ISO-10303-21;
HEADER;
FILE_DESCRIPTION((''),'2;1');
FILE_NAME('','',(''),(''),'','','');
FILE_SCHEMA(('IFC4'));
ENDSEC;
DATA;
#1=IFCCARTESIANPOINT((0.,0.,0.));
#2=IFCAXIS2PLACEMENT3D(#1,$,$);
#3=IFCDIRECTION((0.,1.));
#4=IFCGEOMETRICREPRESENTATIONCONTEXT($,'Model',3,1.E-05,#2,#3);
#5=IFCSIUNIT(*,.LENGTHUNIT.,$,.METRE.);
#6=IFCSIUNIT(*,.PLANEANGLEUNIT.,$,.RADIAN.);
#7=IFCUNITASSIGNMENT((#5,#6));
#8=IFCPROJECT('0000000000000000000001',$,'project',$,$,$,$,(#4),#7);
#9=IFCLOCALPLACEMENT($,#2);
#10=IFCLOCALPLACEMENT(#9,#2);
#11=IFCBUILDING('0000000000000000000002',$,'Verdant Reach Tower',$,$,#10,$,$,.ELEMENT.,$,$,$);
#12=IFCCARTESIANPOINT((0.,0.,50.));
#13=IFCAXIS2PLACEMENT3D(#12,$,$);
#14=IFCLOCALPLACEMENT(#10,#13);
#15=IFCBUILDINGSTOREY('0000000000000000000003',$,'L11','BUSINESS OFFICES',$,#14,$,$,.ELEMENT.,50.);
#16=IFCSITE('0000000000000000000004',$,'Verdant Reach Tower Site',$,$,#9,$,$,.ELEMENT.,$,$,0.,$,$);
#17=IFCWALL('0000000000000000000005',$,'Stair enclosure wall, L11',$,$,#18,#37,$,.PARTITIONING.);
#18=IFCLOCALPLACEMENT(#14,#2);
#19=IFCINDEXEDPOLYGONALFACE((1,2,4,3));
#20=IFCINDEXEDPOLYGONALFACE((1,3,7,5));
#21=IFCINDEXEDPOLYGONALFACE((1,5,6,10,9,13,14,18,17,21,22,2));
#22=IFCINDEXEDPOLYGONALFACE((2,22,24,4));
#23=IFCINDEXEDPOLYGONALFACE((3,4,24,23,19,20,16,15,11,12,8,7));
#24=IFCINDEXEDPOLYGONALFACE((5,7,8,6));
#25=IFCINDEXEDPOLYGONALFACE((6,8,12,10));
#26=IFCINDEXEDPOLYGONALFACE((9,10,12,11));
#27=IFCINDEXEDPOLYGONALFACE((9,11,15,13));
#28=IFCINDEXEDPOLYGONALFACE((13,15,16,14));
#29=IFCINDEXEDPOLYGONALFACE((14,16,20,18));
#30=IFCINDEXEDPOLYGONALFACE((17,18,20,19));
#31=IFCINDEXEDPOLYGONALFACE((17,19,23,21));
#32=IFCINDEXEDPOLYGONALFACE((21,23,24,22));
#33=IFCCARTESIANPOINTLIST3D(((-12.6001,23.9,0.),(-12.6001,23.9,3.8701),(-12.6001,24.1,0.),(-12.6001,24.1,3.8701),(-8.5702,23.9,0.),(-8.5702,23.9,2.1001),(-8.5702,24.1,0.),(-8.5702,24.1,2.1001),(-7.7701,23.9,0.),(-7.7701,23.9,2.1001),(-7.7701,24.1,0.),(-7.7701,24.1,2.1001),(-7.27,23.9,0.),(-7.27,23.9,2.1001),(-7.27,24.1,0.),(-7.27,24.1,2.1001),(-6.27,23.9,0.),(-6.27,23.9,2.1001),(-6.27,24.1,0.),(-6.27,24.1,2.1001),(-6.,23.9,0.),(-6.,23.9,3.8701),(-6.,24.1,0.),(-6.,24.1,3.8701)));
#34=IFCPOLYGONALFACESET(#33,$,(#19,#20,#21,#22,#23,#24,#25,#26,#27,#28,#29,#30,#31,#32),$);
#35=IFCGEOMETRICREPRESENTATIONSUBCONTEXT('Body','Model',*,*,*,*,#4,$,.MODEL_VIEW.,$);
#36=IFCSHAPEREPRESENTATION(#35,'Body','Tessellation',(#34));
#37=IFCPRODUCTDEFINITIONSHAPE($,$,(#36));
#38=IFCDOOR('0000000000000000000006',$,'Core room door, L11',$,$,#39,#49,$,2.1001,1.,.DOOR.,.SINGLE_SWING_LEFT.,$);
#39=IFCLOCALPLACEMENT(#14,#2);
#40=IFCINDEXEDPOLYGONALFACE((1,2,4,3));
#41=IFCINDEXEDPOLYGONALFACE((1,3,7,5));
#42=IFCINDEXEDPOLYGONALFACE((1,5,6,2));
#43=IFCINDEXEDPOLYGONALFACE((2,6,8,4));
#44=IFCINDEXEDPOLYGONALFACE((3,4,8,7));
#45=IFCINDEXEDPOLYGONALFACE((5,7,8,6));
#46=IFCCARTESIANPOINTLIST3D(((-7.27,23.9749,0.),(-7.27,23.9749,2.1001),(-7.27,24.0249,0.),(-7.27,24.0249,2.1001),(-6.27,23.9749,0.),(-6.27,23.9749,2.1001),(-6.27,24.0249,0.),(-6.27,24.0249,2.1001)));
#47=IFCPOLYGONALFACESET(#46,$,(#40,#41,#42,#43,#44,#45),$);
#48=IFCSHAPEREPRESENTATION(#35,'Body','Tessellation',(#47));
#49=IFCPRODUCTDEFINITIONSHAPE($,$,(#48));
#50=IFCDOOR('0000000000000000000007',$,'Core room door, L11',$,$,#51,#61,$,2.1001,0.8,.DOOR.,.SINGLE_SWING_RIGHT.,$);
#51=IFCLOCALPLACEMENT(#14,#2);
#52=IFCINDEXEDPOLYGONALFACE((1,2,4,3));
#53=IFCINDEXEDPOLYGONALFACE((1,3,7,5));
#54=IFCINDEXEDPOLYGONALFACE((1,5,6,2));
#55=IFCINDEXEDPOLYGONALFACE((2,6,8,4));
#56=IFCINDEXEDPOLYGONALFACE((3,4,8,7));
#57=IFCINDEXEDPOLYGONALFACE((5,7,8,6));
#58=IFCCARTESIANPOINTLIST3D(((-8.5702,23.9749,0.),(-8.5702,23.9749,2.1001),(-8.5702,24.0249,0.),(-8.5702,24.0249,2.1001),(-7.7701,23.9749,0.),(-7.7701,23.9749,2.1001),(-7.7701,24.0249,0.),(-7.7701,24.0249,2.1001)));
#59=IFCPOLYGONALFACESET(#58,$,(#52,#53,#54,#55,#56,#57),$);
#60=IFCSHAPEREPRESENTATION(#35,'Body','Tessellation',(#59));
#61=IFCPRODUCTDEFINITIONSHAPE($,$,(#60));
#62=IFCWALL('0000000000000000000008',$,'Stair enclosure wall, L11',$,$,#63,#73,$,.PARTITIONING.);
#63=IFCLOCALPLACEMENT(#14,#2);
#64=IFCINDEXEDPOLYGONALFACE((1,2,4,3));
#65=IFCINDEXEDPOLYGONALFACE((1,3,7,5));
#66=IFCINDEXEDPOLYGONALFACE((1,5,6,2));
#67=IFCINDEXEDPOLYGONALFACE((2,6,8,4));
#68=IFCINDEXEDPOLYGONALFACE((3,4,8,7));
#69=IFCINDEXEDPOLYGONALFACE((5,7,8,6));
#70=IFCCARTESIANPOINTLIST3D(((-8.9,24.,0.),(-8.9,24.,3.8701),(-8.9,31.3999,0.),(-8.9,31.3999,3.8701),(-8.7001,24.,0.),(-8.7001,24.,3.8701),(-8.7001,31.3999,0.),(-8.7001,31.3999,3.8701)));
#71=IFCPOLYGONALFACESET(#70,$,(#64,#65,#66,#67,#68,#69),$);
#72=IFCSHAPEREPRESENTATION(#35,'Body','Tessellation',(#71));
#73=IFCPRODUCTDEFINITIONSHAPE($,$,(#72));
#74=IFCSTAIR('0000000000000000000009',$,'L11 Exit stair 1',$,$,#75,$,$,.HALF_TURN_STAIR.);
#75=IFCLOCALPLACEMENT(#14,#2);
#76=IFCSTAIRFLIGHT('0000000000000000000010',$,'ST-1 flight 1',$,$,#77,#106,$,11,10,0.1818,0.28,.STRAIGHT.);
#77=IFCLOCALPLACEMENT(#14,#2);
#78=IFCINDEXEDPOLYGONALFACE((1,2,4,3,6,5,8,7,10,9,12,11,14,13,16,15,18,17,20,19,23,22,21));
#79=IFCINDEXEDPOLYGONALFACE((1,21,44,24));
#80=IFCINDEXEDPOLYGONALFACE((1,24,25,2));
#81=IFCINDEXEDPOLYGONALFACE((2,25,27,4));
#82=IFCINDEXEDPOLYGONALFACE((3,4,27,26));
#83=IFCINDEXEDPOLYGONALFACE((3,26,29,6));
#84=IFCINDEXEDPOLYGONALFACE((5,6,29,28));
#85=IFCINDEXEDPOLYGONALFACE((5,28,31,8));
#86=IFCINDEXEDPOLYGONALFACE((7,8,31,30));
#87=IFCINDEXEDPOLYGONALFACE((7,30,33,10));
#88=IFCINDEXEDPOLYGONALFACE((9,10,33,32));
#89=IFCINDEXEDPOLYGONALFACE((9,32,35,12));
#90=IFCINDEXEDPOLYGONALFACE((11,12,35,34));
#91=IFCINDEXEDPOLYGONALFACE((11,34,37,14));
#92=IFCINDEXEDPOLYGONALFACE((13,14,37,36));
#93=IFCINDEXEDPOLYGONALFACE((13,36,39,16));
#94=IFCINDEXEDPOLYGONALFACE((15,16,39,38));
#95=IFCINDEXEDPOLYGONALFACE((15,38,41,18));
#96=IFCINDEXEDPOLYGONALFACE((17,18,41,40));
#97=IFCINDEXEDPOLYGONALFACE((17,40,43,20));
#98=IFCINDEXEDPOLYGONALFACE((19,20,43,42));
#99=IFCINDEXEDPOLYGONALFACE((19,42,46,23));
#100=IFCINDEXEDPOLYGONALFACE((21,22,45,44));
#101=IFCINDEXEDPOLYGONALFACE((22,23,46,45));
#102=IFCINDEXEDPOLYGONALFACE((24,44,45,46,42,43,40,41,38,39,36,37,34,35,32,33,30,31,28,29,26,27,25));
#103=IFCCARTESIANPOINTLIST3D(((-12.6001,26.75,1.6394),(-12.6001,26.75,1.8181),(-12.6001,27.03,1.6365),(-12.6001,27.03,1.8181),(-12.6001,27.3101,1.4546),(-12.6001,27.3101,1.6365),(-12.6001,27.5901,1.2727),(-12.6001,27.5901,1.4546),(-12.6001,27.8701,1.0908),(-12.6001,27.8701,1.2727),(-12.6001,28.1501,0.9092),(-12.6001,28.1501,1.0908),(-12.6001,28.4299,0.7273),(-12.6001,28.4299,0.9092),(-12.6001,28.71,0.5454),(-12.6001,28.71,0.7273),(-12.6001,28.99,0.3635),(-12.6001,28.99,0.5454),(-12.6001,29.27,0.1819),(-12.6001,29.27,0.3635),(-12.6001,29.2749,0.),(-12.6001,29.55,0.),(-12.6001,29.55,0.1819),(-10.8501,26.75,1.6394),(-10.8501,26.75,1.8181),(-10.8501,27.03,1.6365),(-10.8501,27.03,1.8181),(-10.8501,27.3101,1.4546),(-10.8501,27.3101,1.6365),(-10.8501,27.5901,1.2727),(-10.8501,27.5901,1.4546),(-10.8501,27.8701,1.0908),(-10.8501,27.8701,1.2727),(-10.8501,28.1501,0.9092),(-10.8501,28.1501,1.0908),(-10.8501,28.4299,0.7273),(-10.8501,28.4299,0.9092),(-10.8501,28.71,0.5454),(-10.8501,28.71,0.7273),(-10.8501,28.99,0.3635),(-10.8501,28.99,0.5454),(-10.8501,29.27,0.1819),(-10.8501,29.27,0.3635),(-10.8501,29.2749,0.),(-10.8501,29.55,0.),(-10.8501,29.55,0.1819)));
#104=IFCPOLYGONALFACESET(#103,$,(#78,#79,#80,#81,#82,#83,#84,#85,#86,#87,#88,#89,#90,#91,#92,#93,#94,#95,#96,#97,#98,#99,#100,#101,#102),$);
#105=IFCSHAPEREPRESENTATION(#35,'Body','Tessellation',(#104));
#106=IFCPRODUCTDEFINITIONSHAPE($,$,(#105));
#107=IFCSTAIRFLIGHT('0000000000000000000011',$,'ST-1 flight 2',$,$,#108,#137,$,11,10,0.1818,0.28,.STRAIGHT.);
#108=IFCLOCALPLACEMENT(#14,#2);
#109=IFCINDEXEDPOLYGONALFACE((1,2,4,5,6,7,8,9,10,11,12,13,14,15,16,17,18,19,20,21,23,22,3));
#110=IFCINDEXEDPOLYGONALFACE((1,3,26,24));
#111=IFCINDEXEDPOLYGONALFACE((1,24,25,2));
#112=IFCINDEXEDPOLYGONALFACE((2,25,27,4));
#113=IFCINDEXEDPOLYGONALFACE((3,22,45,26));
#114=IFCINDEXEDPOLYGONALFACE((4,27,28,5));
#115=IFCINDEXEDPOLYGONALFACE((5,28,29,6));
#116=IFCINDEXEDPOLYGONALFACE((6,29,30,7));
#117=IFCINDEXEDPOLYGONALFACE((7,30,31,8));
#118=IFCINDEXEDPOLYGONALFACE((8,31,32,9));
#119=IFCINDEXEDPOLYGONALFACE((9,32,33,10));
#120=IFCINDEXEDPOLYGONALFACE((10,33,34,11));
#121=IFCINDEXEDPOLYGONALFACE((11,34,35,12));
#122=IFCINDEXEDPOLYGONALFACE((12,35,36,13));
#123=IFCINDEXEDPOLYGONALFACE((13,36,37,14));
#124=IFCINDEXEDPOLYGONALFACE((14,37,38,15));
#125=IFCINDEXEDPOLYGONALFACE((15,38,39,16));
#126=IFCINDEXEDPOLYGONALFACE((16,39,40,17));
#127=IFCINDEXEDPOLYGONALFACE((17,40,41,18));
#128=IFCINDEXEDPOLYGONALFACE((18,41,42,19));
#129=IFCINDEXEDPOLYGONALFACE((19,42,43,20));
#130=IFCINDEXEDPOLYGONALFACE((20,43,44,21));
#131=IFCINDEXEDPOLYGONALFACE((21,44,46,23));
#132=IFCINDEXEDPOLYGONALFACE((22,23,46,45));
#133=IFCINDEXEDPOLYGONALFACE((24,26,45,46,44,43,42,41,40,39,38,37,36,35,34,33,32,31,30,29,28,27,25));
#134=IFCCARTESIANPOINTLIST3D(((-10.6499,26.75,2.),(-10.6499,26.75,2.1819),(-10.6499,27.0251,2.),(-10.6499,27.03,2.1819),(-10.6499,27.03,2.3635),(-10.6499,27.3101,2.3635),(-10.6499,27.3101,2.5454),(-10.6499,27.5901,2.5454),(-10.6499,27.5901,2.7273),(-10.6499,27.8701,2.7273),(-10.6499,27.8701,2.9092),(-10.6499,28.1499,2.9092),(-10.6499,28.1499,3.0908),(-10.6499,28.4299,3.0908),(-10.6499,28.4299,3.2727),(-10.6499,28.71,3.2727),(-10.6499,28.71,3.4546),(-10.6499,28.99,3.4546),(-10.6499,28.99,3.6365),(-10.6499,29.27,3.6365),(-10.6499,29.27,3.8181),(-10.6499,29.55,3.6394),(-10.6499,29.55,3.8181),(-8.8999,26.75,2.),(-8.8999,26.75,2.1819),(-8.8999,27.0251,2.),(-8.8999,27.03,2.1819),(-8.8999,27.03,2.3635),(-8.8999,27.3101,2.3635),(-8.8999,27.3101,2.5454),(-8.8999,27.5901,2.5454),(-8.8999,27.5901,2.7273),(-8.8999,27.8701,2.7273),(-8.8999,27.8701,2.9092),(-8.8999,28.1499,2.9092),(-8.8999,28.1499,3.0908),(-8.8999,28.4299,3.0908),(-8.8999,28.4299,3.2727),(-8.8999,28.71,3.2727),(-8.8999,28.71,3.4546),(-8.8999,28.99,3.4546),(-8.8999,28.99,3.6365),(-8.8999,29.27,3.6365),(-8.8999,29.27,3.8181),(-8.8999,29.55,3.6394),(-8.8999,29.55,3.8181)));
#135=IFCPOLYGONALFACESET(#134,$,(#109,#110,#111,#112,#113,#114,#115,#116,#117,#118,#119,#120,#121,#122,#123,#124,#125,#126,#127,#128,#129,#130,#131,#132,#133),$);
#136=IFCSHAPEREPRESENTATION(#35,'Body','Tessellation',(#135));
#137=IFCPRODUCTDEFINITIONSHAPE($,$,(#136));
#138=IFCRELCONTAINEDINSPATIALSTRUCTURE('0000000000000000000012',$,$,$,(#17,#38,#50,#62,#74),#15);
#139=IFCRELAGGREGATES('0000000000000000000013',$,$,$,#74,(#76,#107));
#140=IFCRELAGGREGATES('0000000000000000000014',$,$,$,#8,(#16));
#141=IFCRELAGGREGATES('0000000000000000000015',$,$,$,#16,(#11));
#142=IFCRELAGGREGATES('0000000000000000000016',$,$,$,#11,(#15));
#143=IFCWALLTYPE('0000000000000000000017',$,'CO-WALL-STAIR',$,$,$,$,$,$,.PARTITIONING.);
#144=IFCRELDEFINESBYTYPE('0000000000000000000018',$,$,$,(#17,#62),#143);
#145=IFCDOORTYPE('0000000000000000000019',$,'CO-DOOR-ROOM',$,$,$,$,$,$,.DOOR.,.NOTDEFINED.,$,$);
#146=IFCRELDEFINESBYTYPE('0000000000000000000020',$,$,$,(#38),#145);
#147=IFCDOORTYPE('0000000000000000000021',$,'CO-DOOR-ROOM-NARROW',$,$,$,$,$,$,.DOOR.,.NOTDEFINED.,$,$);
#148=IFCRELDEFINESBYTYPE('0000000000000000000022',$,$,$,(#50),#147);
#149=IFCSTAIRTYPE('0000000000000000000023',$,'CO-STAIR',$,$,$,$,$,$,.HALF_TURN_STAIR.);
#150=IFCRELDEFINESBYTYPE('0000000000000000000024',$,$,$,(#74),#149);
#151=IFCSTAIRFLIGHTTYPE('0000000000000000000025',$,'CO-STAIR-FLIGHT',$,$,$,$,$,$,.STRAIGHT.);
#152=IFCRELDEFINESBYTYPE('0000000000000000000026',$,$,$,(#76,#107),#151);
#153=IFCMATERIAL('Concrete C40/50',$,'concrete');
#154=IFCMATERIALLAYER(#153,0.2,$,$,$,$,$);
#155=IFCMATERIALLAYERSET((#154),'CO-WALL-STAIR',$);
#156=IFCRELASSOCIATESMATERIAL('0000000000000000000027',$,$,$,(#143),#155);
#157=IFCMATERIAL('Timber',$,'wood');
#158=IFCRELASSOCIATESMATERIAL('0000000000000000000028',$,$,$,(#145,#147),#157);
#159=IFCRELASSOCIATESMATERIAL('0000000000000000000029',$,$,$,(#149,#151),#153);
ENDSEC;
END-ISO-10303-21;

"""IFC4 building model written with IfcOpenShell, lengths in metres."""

from ifc_helpers import new_model, si_unit, direction, frame, frame_2d, origin, place, context, subcontext, project, spatial, polyline, rectangle, outline, extrude, material, layer, layer_set, type_object, element, fill, aggregate, save


model = new_model("IFC4")

# Units and contexts
model_context = context("Model", 3, precision=1e-05, world=origin(), true_north=direction((0.0, 1.0)))
body_context = subcontext(model_context, "Body", "Model", "MODEL_VIEW")
ifc_project = project(units=[si_unit("LENGTHUNIT", "METRE"), si_unit("PLANEANGLEUNIT", "RADIAN")], contexts=[model_context])

# Site, building, storey
site_placement = place(None, origin())
site = spatial("IfcSite", under=ifc_project, at=site_placement, Name="Verdant Reach Tower Site", CompositionType="ELEMENT", RefElevation=0.0)
building_placement = place(site_placement, origin())
building = spatial("IfcBuilding", under=site, at=building_placement, Name="Verdant Reach Tower", CompositionType="ELEMENT")
storey_placement = place(building_placement, frame((0.0, 0.0, 50.0)))
storey = spatial("IfcBuildingStorey", under=building, at=storey_placement, Name="L11", Description="BUSINESS OFFICES", CompositionType="ELEMENT", Elevation=50.0)

# Shared definitions
ifc_material_1 = material(Name="Concrete C40/50", Category="concrete")

# Wall, openings, doors
ifc_layer_1 = layer(ifc_material_1, 0.2)
ifc_layer_set_1 = layer_set([ifc_layer_1], Name="CO-WALL-STAIR")
wall_type_1 = type_object("IfcWallType", Name="CO-WALL-STAIR", PredefinedType="PARTITIONING", material=ifc_layer_set_1)
wall_1_placement = place(storey_placement, frame((-12.6001, 24.0, 0.0), z_axis=(0.0, 0.0, 1.0), x_axis=(1.0, 0.0, 0.0)))
wall_1 = element("IfcWall", 1, at=wall_1_placement, inside=storey, type_object=wall_type_1, Name="Stair enclosure wall, L11", PredefinedType="PARTITIONING", context=body_context, shape_type="SweptSolid", body=[
    extrude(rectangle(XDim=6.6001, YDim=0.2, at=frame_2d((3.3, 0.0))), origin(), (0.0, 0.0, 1.0), 3.8701),
])
opening_1_placement = place(wall_1_placement, frame((4.03, 0.0, 0.0)))
opening_1 = element("IfcOpeningElement", 2, at=opening_1_placement, cuts=wall_1, PredefinedType="OPENING", context=body_context, shape_type="SweptSolid", body=[
    extrude(rectangle(XDim=0.8, YDim=2.1001, at=frame_2d((0.3999, 1.05))), frame((0.0, 0.1099, 0.0), z_axis=(0.0, -1.0, 0.0), x_axis=(1.0, 0.0, 0.0)), (0.0, 0.0, 1.0), 0.22),
])
opening_2_placement = place(wall_1_placement, frame((5.3301, 0.0, 0.0)))
opening_2 = element("IfcOpeningElement", 3, at=opening_2_placement, cuts=wall_1, PredefinedType="OPENING", context=body_context, shape_type="SweptSolid", body=[
    extrude(rectangle(XDim=1.0, YDim=2.1001, at=frame_2d((0.5, 1.05))), frame((0.0, 0.1099, 0.0), z_axis=(0.0, -1.0, 0.0), x_axis=(1.0, 0.0, 0.0)), (0.0, 0.0, 1.0), 0.22),
])
ifc_material_2 = material(Name="Timber", Category="wood")
door_type_1 = type_object("IfcDoorType", Name="CO-DOOR-ROOM", OperationType="NOTDEFINED", PredefinedType="DOOR", material=ifc_material_2)
door_1_placement = place(opening_2_placement, origin())
door_1 = element("IfcDoor", 4, at=door_1_placement, inside=storey, type_object=door_type_1, Name="Core room door, L11", OperationType="SINGLE_SWING_LEFT", OverallHeight=2.1001, OverallWidth=1.0, PredefinedType="DOOR", context=body_context, shape_type="SweptSolid", body=[
    extrude(rectangle(XDim=1.0, YDim=2.1001, at=frame_2d((0.5, 1.05))), frame((0.0, 0.0249, 0.0), z_axis=(0.0, -1.0, 0.0), x_axis=(1.0, 0.0, 0.0)), (0.0, 0.0, 1.0), 0.05),
])
fill(opening_2, door_1)
door_type_2 = type_object("IfcDoorType", Name="CO-DOOR-ROOM-NARROW", OperationType="NOTDEFINED", PredefinedType="DOOR", material=ifc_material_2)
door_2_placement = place(opening_1_placement, origin())
door_2 = element("IfcDoor", 5, at=door_2_placement, inside=storey, type_object=door_type_2, Name="Core room door, L11", OperationType="SINGLE_SWING_RIGHT", OverallHeight=2.1001, OverallWidth=0.8, PredefinedType="DOOR", context=body_context, shape_type="SweptSolid", body=[
    extrude(rectangle(XDim=0.8, YDim=2.1001, at=frame_2d((0.3999, 1.05))), frame((0.0, 0.0249, 0.0), z_axis=(0.0, -1.0, 0.0), x_axis=(1.0, 0.0, 0.0)), (0.0, 0.0, 1.0), 0.05),
])
fill(opening_1, door_2)

# Wall
wall_2_placement = place(storey_placement, frame((-8.8, 24.0, 0.0), z_axis=(0.0, 0.0, 1.0), x_axis=(0.0, 1.0, 0.0)))
element("IfcWall", 6, at=wall_2_placement, inside=storey, type_object=wall_type_1, Name="Stair enclosure wall, L11", PredefinedType="PARTITIONING", context=body_context, shape_type="SweptSolid", body=[
    extrude(rectangle(XDim=7.3999, YDim=0.2, at=frame_2d((3.7, 0.0))), origin(), (0.0, 0.0, 1.0), 3.8701),
])

# Stair, stair flights
stair_type = type_object("IfcStairType", Name="CO-STAIR", PredefinedType="HALF_TURN_STAIR", material=ifc_material_1)
stair_placement = place(storey_placement, origin())
stair = element("IfcStair", 7, at=stair_placement, inside=storey, type_object=stair_type, Name="L11 Exit stair 1", PredefinedType="HALF_TURN_STAIR")
stair_flight_type = type_object("IfcStairFlightType", Name="CO-STAIR-FLIGHT", PredefinedType="STRAIGHT", material=ifc_material_1)
stair_flight_1_placement = place(storey_placement, frame((-11.7251, 29.55, 0.0), z_axis=(0.0, 0.0, 1.0), x_axis=(0.0, -1.0, 0.0)))
stair_flight_1 = element("IfcStairFlight", 8, at=stair_flight_1_placement, type_object=stair_flight_type, Name="ST-1 flight 1", NumberOfRisers=11, NumberOfTreads=10, PredefinedType="STRAIGHT", RiserHeight=0.1818, TreadLength=0.28, context=body_context, shape_type="SweptSolid", body=[
    extrude(outline(polyline([(0.0, 0.0), (0.0, 0.1819), (0.28, 0.1819), (0.28, 0.3635), (0.5601, 0.3635), (0.5601, 0.5454), (0.8401, 0.5454), (0.8401, 0.7273), (1.1201, 0.7273), (1.1201, 0.9092), (1.3999, 0.9092), (1.3999, 1.0908), (1.6799, 1.0908), (1.6799, 1.2727), (1.96, 1.2727), (1.96, 1.4546), (2.24, 1.4546), (2.24, 1.6365), (2.52, 1.6365), (2.52, 1.8181), (2.8, 1.8181), (2.8, 2.0), (2.8, 1.6394), (0.2751, 0.0), (0.0, 0.0)])), frame((0.0, 0.875, 0.0), z_axis=(0.0, -1.0, 0.0), x_axis=(1.0, 0.0, 0.0)), (0.0, 0.0, 1.0), 1.75),
])
stair_flight_2_placement = place(storey_placement, frame((-9.7749, 26.75, 2.0), z_axis=(0.0, 0.0, 1.0), x_axis=(0.0, 1.0, 0.0)))
stair_flight_2 = element("IfcStairFlight", 9, at=stair_flight_2_placement, type_object=stair_flight_type, Name="ST-1 flight 2", NumberOfRisers=11, NumberOfTreads=10, PredefinedType="STRAIGHT", RiserHeight=0.1818, TreadLength=0.28, context=body_context, shape_type="SweptSolid", body=[
    extrude(outline(polyline([(0.0, 0.0), (0.0, 0.1819), (0.28, 0.1819), (0.28, 0.3635), (0.5601, 0.3635), (0.5601, 0.5454), (0.8401, 0.5454), (0.8401, 0.7273), (1.1201, 0.7273), (1.1201, 0.9092), (1.3999, 0.9092), (1.3999, 1.0908), (1.6799, 1.0908), (1.6799, 1.2727), (1.96, 1.2727), (1.96, 1.4546), (2.24, 1.4546), (2.24, 1.6365), (2.52, 1.6365), (2.52, 1.8181), (2.8, 1.8181), (2.8, 2.0), (2.8, 1.6394), (0.2751, 0.0), (0.0, 0.0)])), frame((0.0, 0.875, 0.0), z_axis=(0.0, -1.0, 0.0), x_axis=(1.0, 0.0, 0.0)), (0.0, 0.0, 1.0), 1.75),
])
aggregate(stair, [stair_flight_1, stair_flight_2])

save(model, "model.ifc")
